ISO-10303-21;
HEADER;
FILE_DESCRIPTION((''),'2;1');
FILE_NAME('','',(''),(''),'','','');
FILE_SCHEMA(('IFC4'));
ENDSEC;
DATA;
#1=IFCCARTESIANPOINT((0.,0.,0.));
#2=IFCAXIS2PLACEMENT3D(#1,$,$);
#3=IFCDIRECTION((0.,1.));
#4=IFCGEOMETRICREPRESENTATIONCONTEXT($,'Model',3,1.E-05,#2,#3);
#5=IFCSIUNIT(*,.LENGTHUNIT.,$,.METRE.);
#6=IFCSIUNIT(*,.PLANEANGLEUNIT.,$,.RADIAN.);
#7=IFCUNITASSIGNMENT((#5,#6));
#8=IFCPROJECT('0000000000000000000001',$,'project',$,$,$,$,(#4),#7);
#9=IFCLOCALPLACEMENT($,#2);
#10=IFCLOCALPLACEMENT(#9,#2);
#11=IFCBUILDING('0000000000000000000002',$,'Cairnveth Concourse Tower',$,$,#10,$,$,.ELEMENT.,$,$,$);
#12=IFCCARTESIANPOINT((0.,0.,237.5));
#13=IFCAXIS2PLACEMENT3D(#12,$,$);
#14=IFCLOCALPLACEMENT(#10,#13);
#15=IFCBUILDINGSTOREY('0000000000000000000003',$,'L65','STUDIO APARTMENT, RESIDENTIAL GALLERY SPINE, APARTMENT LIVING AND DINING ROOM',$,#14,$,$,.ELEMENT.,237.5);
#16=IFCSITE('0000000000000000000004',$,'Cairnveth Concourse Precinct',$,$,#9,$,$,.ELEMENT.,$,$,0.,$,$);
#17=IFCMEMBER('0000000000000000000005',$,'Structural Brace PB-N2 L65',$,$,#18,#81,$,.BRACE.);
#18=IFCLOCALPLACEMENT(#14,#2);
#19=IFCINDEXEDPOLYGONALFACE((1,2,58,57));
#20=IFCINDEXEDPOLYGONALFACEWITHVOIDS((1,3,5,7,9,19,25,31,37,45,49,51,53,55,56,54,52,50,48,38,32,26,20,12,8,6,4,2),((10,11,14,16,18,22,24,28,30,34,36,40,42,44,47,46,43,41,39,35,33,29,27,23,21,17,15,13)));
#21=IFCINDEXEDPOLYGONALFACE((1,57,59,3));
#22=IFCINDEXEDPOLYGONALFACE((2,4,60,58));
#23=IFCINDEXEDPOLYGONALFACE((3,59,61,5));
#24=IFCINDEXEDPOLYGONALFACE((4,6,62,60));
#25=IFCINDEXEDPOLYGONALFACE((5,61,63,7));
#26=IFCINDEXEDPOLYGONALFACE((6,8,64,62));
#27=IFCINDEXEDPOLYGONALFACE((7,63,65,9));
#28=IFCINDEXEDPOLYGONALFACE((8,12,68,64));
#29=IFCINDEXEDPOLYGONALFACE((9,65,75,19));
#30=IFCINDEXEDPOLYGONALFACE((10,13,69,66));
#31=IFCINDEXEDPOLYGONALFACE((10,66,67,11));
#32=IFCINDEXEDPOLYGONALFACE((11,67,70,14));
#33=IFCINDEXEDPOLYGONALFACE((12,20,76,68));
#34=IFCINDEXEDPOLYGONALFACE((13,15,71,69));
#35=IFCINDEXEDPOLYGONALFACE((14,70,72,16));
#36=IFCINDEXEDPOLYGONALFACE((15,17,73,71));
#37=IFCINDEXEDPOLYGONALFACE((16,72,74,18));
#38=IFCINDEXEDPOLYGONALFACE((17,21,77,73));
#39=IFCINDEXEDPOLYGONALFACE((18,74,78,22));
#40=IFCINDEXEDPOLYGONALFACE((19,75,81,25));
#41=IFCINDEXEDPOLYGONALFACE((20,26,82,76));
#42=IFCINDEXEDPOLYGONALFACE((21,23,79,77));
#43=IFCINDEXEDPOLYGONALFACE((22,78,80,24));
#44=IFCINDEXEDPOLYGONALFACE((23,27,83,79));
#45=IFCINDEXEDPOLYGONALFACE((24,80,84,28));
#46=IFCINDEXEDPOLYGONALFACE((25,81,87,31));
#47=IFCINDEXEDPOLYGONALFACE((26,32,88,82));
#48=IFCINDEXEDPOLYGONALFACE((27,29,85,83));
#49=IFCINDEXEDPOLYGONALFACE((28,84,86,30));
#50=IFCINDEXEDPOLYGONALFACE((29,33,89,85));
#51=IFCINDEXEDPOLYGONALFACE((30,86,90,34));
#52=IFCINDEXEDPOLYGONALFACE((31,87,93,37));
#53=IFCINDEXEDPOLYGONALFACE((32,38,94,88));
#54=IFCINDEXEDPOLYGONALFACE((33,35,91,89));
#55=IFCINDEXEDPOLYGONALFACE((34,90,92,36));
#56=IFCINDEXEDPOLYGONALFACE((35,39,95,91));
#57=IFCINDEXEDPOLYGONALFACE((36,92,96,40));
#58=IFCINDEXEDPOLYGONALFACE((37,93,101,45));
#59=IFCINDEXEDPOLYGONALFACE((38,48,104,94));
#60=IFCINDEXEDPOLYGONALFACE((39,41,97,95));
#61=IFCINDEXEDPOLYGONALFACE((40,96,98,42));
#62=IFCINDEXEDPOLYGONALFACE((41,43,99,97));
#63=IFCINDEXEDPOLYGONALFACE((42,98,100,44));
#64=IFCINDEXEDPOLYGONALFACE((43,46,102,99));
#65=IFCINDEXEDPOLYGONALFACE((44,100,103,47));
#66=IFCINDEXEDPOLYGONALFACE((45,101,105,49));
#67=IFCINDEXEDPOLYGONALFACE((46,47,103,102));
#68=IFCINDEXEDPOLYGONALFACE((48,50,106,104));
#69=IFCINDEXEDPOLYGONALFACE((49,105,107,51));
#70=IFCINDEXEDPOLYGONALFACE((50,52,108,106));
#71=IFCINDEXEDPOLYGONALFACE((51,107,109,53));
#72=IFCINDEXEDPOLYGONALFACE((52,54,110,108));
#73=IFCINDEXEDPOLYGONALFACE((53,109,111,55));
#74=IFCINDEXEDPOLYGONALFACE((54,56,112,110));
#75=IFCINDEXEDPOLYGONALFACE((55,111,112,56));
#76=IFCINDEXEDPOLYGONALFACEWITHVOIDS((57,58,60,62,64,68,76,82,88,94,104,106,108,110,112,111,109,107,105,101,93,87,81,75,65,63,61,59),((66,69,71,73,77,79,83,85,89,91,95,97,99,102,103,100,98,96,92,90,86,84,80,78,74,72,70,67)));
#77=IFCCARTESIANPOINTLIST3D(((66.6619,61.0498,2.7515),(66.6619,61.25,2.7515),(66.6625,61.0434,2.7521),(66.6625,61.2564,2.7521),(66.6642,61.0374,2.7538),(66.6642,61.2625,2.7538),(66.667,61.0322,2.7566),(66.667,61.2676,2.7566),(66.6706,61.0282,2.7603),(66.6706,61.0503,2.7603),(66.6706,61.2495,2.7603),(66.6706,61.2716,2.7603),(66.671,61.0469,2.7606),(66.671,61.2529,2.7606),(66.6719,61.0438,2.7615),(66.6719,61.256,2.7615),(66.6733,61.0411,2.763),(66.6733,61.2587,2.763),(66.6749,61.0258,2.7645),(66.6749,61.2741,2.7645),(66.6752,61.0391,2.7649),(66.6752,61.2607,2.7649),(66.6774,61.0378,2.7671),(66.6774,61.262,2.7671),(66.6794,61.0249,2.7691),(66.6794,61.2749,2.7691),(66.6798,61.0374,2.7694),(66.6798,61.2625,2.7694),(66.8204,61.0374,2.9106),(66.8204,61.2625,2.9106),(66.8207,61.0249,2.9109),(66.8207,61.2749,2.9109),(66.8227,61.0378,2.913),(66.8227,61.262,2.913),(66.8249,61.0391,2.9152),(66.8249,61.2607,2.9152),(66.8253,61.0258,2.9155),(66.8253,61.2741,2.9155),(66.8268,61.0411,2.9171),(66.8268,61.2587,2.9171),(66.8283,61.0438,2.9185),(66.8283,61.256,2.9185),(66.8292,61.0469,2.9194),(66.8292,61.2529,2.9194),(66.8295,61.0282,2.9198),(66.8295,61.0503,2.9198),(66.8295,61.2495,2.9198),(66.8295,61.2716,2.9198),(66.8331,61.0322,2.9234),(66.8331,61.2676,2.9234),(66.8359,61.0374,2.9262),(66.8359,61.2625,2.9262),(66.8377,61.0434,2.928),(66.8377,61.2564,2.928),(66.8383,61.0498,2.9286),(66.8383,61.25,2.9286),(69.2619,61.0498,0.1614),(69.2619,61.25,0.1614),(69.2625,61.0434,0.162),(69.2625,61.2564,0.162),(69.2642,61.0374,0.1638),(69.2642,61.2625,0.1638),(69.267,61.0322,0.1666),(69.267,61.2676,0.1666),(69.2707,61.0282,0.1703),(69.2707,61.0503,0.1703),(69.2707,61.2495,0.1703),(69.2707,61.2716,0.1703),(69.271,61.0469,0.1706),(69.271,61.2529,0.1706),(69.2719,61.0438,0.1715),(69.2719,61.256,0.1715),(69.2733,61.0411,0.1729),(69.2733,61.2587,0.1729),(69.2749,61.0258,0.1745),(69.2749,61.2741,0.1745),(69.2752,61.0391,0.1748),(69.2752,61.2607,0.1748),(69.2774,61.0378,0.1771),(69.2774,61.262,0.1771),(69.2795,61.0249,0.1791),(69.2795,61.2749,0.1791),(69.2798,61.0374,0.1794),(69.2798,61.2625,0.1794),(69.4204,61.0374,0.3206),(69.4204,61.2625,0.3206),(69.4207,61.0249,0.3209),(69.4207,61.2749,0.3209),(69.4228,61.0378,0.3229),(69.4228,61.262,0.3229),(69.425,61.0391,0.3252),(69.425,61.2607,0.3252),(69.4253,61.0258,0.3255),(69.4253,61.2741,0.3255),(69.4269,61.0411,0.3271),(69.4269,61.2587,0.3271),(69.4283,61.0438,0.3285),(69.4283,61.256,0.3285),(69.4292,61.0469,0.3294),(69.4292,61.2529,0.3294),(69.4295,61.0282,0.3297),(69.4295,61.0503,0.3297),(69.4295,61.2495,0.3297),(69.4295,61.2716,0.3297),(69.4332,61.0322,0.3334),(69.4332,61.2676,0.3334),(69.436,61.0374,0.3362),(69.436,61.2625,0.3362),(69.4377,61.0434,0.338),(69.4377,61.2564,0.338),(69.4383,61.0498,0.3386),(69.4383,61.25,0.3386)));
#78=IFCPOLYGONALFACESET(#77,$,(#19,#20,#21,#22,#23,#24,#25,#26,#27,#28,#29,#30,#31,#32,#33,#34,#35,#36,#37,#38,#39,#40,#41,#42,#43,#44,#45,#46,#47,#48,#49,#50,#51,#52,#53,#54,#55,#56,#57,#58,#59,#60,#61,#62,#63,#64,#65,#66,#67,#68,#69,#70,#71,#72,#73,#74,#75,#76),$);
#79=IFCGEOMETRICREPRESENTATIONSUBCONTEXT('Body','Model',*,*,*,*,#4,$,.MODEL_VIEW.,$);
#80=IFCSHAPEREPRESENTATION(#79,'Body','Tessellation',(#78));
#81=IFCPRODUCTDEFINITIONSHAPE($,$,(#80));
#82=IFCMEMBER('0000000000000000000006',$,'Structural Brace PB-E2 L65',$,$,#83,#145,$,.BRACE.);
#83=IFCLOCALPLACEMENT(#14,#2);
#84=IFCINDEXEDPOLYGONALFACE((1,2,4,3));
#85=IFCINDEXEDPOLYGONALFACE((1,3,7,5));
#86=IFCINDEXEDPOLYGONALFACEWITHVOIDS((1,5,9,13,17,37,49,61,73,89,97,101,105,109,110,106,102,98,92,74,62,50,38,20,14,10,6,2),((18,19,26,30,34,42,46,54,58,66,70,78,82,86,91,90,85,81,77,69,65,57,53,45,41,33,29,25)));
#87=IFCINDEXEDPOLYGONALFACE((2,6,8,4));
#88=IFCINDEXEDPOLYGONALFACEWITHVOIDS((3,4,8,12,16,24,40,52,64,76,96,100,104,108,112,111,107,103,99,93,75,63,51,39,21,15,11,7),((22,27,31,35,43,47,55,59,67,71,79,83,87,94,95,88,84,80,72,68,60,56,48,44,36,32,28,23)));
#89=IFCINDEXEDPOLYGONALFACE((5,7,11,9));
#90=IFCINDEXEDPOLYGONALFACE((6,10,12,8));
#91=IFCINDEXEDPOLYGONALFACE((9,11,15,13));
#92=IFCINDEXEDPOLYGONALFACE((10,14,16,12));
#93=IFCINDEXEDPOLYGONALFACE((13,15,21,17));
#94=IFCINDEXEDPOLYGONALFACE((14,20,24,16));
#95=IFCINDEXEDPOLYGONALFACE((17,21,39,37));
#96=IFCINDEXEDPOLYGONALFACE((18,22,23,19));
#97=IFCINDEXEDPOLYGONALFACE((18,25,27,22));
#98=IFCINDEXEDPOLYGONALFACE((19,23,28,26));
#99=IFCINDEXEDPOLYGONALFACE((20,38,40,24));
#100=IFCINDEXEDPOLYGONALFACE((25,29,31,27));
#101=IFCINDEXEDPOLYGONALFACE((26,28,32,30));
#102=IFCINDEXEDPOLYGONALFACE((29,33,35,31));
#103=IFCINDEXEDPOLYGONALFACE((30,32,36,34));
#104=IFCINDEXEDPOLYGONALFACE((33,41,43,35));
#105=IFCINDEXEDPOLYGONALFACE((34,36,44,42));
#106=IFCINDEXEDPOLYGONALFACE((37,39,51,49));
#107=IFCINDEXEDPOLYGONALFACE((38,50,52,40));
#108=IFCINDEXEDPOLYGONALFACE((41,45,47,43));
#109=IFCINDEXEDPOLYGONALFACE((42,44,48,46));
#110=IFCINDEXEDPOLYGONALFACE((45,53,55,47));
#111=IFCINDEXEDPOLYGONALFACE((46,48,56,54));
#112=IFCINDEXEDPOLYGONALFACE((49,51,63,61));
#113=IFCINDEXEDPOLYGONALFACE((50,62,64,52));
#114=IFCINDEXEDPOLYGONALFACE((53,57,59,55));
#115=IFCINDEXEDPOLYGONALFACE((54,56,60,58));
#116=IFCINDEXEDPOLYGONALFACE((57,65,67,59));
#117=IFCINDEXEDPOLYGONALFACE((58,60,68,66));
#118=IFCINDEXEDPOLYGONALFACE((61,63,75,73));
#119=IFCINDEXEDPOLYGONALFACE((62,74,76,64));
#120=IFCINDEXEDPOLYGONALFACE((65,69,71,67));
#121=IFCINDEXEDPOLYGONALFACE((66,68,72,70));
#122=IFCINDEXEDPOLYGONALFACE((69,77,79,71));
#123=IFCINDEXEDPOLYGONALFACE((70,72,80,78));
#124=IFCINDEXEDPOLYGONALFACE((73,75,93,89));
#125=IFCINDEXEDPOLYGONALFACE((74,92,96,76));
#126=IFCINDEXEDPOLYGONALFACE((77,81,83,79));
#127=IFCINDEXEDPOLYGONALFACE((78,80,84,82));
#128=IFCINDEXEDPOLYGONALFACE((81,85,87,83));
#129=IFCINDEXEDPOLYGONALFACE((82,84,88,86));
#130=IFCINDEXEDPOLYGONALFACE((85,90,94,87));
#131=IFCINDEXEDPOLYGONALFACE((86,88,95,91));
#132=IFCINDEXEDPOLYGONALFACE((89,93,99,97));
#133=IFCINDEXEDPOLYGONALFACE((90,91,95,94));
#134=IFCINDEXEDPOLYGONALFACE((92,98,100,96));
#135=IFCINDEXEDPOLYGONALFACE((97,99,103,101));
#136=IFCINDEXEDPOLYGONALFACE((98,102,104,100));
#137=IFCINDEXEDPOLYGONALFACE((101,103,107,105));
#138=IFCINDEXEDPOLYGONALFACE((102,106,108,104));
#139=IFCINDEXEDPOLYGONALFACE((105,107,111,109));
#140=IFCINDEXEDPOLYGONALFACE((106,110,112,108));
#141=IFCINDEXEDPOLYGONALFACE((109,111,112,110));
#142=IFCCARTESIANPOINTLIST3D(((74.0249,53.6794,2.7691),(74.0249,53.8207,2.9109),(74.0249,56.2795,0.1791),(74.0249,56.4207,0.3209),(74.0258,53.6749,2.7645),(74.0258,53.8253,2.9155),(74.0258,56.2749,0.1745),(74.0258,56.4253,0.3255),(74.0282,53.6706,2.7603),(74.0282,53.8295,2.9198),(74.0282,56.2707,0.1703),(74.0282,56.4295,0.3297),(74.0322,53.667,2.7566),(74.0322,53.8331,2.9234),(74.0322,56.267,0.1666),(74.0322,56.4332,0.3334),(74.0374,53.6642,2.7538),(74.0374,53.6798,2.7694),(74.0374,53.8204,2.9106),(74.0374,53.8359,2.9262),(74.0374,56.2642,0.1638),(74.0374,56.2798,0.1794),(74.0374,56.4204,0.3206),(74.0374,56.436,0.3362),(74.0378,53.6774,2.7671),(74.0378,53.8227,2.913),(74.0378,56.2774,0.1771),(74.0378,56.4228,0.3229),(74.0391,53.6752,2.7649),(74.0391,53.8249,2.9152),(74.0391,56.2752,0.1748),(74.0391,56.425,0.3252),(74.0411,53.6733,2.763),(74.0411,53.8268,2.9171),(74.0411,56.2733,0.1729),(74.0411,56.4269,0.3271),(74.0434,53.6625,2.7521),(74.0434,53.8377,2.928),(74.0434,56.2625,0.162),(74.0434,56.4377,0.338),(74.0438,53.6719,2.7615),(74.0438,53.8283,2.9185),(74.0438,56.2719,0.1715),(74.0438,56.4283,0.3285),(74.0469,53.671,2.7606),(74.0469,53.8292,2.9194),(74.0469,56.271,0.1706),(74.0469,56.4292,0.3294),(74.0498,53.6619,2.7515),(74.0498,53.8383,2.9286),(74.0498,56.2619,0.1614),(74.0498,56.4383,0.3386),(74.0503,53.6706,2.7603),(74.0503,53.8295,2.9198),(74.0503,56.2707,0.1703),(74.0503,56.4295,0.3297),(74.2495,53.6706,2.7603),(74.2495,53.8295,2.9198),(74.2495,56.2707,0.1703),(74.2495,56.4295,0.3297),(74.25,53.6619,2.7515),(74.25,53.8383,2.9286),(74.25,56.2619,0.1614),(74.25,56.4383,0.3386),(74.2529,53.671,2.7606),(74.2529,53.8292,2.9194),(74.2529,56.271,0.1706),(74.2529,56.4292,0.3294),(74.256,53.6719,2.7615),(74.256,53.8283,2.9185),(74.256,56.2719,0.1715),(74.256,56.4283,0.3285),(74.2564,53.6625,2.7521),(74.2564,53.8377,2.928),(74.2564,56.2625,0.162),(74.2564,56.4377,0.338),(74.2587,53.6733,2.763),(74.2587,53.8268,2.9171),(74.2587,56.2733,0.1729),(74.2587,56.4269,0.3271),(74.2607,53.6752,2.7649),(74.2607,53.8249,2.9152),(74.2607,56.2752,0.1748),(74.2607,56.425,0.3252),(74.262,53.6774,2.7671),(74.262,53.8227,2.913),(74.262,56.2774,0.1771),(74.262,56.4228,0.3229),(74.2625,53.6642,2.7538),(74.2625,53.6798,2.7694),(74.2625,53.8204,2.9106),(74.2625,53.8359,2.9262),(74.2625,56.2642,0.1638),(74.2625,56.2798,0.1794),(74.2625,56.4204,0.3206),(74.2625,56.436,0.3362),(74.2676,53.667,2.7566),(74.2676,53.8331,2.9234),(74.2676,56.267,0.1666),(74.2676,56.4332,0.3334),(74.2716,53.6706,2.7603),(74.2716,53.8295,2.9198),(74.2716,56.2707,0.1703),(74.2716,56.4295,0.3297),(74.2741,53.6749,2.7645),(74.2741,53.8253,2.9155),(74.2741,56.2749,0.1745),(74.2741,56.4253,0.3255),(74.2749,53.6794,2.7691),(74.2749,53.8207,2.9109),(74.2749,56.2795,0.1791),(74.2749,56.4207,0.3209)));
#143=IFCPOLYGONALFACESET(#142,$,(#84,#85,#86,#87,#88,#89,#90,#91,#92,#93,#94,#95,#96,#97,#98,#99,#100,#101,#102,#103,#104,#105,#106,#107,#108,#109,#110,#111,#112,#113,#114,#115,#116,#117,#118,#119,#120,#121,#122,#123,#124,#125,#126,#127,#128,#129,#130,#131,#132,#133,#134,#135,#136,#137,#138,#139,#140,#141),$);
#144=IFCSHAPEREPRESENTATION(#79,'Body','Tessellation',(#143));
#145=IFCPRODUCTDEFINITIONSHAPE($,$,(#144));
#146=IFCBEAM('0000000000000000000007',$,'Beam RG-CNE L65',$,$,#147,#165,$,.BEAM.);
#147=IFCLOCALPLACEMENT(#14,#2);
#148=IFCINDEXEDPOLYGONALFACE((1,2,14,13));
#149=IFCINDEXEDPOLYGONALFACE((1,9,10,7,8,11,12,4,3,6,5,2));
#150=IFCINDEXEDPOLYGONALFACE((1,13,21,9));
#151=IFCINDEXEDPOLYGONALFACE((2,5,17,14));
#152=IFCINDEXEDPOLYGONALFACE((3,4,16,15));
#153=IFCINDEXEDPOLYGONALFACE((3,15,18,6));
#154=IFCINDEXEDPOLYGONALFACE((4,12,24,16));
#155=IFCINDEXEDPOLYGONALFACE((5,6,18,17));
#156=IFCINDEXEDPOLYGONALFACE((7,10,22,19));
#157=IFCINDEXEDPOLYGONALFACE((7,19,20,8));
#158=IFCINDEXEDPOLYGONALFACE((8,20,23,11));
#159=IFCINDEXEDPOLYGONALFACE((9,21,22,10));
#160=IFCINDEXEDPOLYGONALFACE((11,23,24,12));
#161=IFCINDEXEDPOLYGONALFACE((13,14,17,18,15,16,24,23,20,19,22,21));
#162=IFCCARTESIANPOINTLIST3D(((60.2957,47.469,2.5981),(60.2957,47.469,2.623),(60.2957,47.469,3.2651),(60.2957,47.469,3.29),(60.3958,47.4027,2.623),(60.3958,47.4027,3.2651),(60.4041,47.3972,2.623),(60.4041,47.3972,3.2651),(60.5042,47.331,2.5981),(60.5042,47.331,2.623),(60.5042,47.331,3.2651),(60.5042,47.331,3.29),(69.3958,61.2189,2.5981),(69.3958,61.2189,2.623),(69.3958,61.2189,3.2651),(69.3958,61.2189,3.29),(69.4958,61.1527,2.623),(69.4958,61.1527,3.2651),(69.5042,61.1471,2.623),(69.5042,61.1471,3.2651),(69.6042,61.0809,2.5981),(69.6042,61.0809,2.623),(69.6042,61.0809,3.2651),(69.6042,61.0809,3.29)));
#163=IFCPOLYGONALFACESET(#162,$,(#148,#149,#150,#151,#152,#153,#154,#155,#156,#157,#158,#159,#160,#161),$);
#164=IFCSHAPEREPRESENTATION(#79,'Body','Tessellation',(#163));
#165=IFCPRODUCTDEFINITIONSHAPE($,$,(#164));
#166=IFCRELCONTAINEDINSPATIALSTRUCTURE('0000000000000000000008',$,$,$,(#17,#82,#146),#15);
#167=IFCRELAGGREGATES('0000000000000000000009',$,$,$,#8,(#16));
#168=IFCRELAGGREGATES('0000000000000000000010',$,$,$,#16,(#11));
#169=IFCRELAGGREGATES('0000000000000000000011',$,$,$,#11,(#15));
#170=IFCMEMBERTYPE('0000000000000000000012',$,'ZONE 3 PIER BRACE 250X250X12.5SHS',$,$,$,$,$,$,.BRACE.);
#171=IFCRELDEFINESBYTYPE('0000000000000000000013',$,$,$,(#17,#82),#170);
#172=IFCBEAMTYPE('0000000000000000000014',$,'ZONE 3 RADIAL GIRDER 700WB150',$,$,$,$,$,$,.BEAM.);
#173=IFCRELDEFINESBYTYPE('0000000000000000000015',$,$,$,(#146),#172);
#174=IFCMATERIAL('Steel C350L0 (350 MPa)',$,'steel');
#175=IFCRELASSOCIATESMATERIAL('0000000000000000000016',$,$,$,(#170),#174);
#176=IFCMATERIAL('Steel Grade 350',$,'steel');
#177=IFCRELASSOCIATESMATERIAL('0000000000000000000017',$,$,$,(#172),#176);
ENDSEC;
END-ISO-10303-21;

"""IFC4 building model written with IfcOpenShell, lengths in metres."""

from ifc_helpers import new_model, si_unit, direction, frame, origin, origin_2d, place, context, subcontext, project, spatial, hollow_rectangle, i_section, extrude, material, material_profile, profile_set, type_object, element, save


model = new_model("IFC4")

# Units and contexts
model_context = context("Model", 3, precision=1e-05, world=origin(), true_north=direction((0.0, 1.0)))
body_context = subcontext(model_context, "Body", "Model", "MODEL_VIEW")
ifc_project = project(units=[si_unit("LENGTHUNIT", "METRE"), si_unit("PLANEANGLEUNIT", "RADIAN")], contexts=[model_context])

# Site, building, storey
site_placement = place(None, origin())
site = spatial("IfcSite", under=ifc_project, at=site_placement, Name="Cairnveth Concourse Precinct", CompositionType="ELEMENT", RefElevation=0.0)
building_placement = place(site_placement, origin())
building = spatial("IfcBuilding", under=site, at=building_placement, Name="Cairnveth Concourse Tower", CompositionType="ELEMENT")
storey_placement = place(building_placement, frame((0.0, 0.0, 237.5)))
storey = spatial("IfcBuildingStorey", under=building, at=storey_placement, Name="L65", Description="STUDIO APARTMENT, RESIDENTIAL GALLERY SPINE, APARTMENT LIVING AND DINING ROOM", CompositionType="ELEMENT", Elevation=237.5)

# Shared definitions
ifc_material_1 = material(Name="Steel Grade 350", Category="steel")

# Members
ifc_material_2 = material(Name="Steel C350L0 (350 MPa)", Category="steel")
ifc_material_profile_1 = material_profile(ifc_material_2, hollow_rectangle(XDim=0.25, YDim=0.25, WallThickness=0.0125, InnerFilletRadius=0.0129, OuterFilletRadius=0.0249, at=origin_2d()), Name="250x250x12.5SHS")
ifc_profile_set_1 = profile_set([ifc_material_profile_1], Name="Steel C350L0 (350 MPa)")
member_type = type_object("IfcMemberType", Name="ZONE 3 PIER BRACE 250X250X12.5SHS", PredefinedType="BRACE", material=ifc_profile_set_1)
for number, where, z_axis, x_axis, name in (
    (1, (69.3501, 61.1499, 0.25), (-0.708469, 0.0, 0.705742), (0.0, -1.0, 0.0), "Structural Brace PB-N2 L65"),
    (2, (74.1499, 56.3501, 0.25), (0.0, -0.708469, 0.705742), (1.0, 0.0, 0.0), "Structural Brace PB-E2 L65"),
):
    element("IfcMember", number, at=place(storey_placement, frame(where, z_axis=z_axis, x_axis=x_axis)), inside=storey, type_object=member_type, Name=name, PredefinedType="BRACE", context=body_context, shape_type="SweptSolid", body=[
        extrude(hollow_rectangle(XDim=0.25, YDim=0.25, WallThickness=0.0125, InnerFilletRadius=0.0129, OuterFilletRadius=0.0249, at=origin_2d()), origin(), (0.0, 0.0, 1.0), 3.6699),
    ])

# Beam
ifc_material_profile_2 = material_profile(ifc_material_1, i_section(OverallWidth=0.25, OverallDepth=0.6919, WebThickness=0.01, FlangeThickness=0.0249, at=origin_2d()), Name="700WB150")
ifc_profile_set_2 = profile_set([ifc_material_profile_2], Name="Steel Grade 350")
beam_type_1 = type_object("IfcBeamType", Name="ZONE 3 RADIAL GIRDER 700WB150", PredefinedType="BEAM", material=ifc_profile_set_2)
beam_1_placement = place(storey_placement, frame((69.5, 61.1499, 2.9441), z_axis=(-0.551902, -0.833909, 0.0), x_axis=(0.833909, -0.551902, 0.0)))
element("IfcBeam", 3, at=beam_1_placement, inside=storey, type_object=beam_type_1, Name="Beam RG-CNE L65", PredefinedType="BEAM", context=body_context, shape_type="SweptSolid", body=[
    extrude(i_section(OverallWidth=0.25, OverallDepth=0.6919, WebThickness=0.01, FlangeThickness=0.0249, at=origin_2d()), origin(), (0.0, 0.0, 1.0), 16.4885),
])

save(model, "model.ifc")
